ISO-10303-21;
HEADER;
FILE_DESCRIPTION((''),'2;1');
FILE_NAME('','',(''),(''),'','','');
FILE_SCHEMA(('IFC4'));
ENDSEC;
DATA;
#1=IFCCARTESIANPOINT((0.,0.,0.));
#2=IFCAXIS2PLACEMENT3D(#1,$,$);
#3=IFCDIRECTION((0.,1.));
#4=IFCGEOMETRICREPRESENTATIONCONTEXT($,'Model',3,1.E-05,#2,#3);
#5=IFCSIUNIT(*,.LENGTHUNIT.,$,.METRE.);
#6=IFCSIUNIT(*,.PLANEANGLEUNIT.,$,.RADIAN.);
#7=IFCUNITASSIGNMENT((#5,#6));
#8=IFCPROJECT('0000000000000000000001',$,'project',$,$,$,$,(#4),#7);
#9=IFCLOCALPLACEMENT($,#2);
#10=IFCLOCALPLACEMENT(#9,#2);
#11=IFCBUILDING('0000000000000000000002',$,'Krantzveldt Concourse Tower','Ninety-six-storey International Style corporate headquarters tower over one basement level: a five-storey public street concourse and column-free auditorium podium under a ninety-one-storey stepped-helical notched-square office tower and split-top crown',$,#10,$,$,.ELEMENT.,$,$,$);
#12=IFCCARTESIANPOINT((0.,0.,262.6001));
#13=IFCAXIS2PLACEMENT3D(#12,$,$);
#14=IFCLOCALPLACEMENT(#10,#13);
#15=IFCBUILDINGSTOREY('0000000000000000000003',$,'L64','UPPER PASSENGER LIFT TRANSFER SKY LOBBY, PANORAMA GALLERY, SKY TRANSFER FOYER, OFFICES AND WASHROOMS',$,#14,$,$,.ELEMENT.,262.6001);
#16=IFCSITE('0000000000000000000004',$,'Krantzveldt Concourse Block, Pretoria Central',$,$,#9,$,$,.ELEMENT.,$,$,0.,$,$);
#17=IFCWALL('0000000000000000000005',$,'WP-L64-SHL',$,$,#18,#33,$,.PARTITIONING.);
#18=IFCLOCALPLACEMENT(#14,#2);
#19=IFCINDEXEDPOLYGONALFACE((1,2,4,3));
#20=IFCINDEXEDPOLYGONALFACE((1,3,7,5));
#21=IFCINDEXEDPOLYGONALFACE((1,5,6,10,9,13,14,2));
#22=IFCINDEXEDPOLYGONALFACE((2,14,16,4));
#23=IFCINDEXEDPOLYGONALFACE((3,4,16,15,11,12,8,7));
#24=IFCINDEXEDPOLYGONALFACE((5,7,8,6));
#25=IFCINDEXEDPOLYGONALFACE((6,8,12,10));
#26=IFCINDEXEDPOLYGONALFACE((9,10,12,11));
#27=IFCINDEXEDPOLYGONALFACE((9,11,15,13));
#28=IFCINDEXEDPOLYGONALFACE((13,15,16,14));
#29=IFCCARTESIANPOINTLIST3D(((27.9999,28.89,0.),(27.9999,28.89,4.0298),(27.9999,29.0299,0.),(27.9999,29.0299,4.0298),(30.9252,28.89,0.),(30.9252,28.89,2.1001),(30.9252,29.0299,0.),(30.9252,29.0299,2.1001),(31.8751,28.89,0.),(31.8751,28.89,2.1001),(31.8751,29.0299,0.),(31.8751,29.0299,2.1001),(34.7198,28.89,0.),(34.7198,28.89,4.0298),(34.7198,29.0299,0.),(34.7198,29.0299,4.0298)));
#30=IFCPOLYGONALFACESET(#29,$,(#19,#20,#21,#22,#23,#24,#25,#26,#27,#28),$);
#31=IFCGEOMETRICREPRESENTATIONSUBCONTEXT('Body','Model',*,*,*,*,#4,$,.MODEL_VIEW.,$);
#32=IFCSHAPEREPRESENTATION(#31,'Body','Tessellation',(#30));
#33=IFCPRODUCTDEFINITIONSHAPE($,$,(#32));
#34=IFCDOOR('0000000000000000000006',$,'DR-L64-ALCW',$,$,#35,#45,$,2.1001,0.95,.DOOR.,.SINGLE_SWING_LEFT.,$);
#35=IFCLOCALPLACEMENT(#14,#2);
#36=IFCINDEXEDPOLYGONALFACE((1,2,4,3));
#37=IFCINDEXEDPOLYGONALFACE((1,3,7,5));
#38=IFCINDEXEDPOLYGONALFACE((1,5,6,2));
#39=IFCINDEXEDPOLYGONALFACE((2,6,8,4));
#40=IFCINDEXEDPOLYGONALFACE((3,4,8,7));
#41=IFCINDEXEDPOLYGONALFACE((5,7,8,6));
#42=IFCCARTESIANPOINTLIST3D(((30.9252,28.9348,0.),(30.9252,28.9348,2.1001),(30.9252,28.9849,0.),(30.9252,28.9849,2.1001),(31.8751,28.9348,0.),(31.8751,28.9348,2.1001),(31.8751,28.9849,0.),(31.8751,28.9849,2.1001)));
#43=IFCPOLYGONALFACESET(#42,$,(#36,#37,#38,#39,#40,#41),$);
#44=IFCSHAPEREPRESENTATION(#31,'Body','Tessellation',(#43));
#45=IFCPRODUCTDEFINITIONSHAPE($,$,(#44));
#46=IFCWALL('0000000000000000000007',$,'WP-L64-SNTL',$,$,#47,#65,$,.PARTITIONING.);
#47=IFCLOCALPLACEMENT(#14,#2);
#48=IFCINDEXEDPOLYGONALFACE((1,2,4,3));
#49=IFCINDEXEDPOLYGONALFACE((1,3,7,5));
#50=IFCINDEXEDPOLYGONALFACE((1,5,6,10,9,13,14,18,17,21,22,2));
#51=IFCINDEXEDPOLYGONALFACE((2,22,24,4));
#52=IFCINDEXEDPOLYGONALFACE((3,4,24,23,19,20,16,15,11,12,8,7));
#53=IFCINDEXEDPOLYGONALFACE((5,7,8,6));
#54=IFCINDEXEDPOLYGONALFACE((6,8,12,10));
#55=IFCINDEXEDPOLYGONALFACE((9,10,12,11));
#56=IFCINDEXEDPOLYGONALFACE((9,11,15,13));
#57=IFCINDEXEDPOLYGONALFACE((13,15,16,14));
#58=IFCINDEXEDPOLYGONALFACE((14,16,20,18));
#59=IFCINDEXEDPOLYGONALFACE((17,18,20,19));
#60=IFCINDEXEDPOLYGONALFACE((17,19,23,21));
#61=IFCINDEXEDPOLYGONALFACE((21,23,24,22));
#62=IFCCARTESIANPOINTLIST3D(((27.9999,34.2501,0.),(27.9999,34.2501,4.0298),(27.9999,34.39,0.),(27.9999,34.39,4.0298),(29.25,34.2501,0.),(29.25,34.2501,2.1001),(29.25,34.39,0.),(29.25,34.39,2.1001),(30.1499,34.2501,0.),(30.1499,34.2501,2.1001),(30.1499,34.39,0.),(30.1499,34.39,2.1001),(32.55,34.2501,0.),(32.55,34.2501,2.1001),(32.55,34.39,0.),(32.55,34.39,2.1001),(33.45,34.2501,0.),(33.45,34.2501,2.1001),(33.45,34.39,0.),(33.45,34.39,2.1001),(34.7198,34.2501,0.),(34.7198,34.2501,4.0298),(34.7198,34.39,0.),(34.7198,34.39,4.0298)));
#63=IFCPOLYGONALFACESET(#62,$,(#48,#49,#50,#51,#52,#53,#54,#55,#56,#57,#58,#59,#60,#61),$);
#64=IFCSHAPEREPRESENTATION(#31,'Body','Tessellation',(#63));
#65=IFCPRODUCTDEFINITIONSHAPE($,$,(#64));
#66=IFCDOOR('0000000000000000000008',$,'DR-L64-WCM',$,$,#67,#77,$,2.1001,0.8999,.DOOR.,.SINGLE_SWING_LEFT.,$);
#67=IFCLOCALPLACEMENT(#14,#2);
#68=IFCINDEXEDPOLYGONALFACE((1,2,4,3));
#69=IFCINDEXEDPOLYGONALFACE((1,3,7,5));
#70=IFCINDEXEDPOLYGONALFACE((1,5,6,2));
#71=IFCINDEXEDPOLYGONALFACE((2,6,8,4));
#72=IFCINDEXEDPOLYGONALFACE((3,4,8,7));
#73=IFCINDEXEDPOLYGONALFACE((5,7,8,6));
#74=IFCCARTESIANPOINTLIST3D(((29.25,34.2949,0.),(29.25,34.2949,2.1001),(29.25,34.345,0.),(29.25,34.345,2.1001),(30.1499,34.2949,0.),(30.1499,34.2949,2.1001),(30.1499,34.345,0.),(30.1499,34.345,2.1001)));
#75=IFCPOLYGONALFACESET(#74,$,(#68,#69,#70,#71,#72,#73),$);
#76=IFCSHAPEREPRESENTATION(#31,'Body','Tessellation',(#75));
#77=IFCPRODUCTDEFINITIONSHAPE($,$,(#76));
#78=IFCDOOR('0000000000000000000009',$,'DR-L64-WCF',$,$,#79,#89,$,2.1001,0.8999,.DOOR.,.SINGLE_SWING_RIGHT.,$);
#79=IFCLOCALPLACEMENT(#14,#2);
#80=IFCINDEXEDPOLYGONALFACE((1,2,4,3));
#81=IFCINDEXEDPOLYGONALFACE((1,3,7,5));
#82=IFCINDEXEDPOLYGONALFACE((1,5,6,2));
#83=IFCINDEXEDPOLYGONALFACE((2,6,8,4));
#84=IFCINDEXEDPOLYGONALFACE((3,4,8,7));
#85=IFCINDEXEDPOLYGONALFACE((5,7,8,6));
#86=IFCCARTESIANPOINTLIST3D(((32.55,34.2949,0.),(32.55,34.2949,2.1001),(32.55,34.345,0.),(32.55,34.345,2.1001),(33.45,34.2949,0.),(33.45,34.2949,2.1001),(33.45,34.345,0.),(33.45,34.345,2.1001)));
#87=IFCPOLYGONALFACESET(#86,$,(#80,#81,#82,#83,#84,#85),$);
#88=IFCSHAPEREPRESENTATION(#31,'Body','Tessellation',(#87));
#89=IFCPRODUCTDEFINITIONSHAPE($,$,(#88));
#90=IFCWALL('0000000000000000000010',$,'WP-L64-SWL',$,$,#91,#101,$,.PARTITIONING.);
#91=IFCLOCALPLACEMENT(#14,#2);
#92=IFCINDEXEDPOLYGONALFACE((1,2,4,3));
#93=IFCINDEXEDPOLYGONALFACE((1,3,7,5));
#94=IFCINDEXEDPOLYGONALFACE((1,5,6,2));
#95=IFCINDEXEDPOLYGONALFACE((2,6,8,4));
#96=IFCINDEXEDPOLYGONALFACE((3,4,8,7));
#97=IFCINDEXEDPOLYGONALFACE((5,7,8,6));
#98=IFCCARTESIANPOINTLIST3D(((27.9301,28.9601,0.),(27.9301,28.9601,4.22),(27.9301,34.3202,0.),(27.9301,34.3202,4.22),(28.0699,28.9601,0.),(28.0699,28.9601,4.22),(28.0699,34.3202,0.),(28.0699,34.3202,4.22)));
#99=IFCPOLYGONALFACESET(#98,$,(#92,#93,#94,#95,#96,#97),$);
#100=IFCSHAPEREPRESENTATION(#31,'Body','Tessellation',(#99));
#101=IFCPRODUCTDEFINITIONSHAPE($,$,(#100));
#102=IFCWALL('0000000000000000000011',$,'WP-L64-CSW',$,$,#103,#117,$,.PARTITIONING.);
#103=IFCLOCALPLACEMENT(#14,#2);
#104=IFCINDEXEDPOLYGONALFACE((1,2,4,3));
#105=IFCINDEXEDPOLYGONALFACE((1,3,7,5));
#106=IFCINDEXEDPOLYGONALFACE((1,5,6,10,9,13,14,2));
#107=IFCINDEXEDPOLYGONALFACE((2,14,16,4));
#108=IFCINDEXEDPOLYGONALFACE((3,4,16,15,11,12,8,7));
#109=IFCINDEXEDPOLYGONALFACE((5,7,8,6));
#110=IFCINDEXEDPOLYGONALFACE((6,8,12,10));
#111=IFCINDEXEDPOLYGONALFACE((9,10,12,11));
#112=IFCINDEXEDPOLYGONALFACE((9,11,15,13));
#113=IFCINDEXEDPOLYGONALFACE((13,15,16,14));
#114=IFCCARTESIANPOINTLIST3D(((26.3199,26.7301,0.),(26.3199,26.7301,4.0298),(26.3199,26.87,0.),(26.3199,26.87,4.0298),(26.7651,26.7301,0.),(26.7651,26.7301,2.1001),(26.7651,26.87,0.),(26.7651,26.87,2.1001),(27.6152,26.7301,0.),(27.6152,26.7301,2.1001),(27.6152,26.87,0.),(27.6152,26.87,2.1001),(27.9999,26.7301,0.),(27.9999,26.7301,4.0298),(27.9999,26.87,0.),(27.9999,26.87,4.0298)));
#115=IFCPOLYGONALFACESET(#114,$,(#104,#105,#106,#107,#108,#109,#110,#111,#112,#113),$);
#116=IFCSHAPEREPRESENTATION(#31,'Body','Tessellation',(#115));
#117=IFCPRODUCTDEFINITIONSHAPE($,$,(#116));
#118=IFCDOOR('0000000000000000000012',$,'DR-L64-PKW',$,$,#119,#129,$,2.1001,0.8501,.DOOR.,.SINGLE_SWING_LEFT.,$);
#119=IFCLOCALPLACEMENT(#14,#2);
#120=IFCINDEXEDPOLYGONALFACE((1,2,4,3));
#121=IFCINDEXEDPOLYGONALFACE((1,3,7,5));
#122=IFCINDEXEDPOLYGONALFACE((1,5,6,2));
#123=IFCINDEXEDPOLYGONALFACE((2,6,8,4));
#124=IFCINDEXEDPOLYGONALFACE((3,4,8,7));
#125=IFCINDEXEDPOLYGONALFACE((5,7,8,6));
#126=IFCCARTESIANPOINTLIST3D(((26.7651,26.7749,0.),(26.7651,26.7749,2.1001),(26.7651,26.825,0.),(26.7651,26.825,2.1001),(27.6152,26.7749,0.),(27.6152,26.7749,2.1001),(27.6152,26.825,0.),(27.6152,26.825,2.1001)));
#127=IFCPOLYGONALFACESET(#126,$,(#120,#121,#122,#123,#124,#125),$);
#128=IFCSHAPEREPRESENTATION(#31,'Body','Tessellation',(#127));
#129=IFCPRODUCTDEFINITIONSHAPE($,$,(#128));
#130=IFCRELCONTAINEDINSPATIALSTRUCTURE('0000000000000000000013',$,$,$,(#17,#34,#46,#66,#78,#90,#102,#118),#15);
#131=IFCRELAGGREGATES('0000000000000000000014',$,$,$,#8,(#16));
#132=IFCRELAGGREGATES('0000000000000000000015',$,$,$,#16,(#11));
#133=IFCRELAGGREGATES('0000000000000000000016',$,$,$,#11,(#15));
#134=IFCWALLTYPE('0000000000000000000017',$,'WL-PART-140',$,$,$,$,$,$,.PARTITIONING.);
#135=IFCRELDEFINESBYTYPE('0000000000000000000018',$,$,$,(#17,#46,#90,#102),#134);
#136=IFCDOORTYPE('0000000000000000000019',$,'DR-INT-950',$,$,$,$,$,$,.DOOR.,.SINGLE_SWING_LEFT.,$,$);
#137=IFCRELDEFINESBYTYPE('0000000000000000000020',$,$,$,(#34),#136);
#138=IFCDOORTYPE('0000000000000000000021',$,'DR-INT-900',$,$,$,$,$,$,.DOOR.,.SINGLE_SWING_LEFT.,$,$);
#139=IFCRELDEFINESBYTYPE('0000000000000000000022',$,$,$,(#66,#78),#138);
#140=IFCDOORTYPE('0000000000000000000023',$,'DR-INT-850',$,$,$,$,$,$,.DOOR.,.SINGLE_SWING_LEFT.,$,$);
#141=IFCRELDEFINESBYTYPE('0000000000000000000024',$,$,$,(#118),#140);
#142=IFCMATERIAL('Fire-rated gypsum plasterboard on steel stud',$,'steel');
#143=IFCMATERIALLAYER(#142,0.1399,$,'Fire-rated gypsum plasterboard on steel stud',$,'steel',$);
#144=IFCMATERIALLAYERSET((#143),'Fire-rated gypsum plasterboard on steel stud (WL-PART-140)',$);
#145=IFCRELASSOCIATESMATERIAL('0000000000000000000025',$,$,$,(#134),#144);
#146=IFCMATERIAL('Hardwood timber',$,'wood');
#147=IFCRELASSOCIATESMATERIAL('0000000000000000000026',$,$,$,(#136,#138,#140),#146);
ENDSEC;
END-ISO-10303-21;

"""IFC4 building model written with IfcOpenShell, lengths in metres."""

from ifc_helpers import new_model, si_unit, direction, frame, frame_2d, origin, place, context, subcontext, project, spatial, rectangle, extrude, material, layer, layer_set, type_object, element, fill, save


model = new_model("IFC4")

# Units and contexts
model_context = context("Model", 3, precision=1e-05, world=origin(), true_north=direction((0.0, 1.0)))
body_context = subcontext(model_context, "Body", "Model", "MODEL_VIEW")
ifc_project = project(units=[si_unit("LENGTHUNIT", "METRE"), si_unit("PLANEANGLEUNIT", "RADIAN")], contexts=[model_context])

# Site, building, storey
site_placement = place(None, origin())
site = spatial("IfcSite", under=ifc_project, at=site_placement, Name="Krantzveldt Concourse Block, Pretoria Central", CompositionType="ELEMENT", RefElevation=0.0)
building_placement = place(site_placement, origin())
building = spatial("IfcBuilding", under=site, at=building_placement, Name="Krantzveldt Concourse Tower", Description="Ninety-six-storey International Style corporate headquarters tower over one basement level: a five-storey public street concourse and column-free auditorium podium under a ninety-one-storey stepped-helical notched-square office tower and split-top crown", CompositionType="ELEMENT")
storey_placement = place(building_placement, frame((0.0, 0.0, 262.6001)))
storey = spatial("IfcBuildingStorey", under=building, at=storey_placement, Name="L64", Description="UPPER PASSENGER LIFT TRANSFER SKY LOBBY, PANORAMA GALLERY, SKY TRANSFER FOYER, OFFICES AND WASHROOMS", CompositionType="ELEMENT", Elevation=262.6001)

# Shared definitions
ifc_material_1 = material(Name="Fire-rated gypsum plasterboard on steel stud", Category="steel")

# Wall, opening, door
ifc_layer_1 = layer(ifc_material_1, 0.1399, Name="Fire-rated gypsum plasterboard on steel stud", Category="steel")
ifc_layer_set_1 = layer_set([ifc_layer_1], Name="Fire-rated gypsum plasterboard on steel stud (WL-PART-140)")
wall_type_1 = type_object("IfcWallType", Name="WL-PART-140", PredefinedType="PARTITIONING", material=ifc_layer_set_1)
wall_1_placement = place(storey_placement, frame((28.0, 28.96, 0.0), z_axis=(0.0, 0.0, 1.0), x_axis=(1.0, 0.0, 0.0)))
wall_1 = element("IfcWall", 1, at=wall_1_placement, inside=storey, type_object=wall_type_1, Name="WP-L64-SHL", PredefinedType="PARTITIONING", context=body_context, shape_type="SweptSolid", body=[
    extrude(rectangle(XDim=6.72, YDim=0.1399, at=frame_2d((3.3599, 0.0))), origin(), (0.0, 0.0, 1.0), 4.0298),
])
opening_1_placement = place(wall_1_placement, frame((2.925, 0.0, 0.0)))
opening_1 = element("IfcOpeningElement", 2, at=opening_1_placement, cuts=wall_1, PredefinedType="OPENING", context=body_context, shape_type="SweptSolid", body=[
    extrude(rectangle(XDim=0.95, YDim=2.1001, at=frame_2d((0.4751, 1.05))), frame((0.0, 0.0801, 0.0), z_axis=(0.0, -1.0, 0.0), x_axis=(1.0, 0.0, 0.0)), (0.0, 0.0, 1.0), 0.1599),
])
ifc_material_2 = material(Name="Hardwood timber", Category="wood")
door_type_1 = type_object("IfcDoorType", Name="DR-INT-950", OperationType="SINGLE_SWING_LEFT", PredefinedType="DOOR", material=ifc_material_2)
door_1_placement = place(opening_1_placement, origin())
door_1 = element("IfcDoor", 3, at=door_1_placement, inside=storey, type_object=door_type_1, Name="DR-L64-ALCW", OperationType="SINGLE_SWING_LEFT", OverallHeight=2.1001, OverallWidth=0.95, PredefinedType="DOOR", context=body_context, shape_type="SweptSolid", body=[
    extrude(rectangle(XDim=0.95, YDim=2.1001, at=frame_2d((0.4751, 1.05))), frame((0.0, 0.0249, 0.0), z_axis=(0.0, -1.0, 0.0), x_axis=(1.0, 0.0, 0.0)), (0.0, 0.0, 1.0), 0.05),
])
fill(opening_1, door_1)

# Wall, openings, doors
wall_2_placement = place(storey_placement, frame((28.0, 34.3201, 0.0), z_axis=(0.0, 0.0, 1.0), x_axis=(1.0, 0.0, 0.0)))
wall_2 = element("IfcWall", 4, at=wall_2_placement, inside=storey, type_object=wall_type_1, Name="WP-L64-SNTL", PredefinedType="PARTITIONING", context=body_context, shape_type="SweptSolid", body=[
    extrude(rectangle(XDim=6.72, YDim=0.1399, at=frame_2d((3.3599, 0.0))), origin(), (0.0, 0.0, 1.0), 4.0298),
])
opening_2_placement = place(wall_2_placement, frame((1.25, 0.0, 0.0)))
opening_2 = element("IfcOpeningElement", 5, at=opening_2_placement, cuts=wall_2, PredefinedType="OPENING", context=body_context, shape_type="SweptSolid", body=[
    extrude(rectangle(XDim=0.8999, YDim=2.1001, at=frame_2d((0.45, 1.05))), frame((0.0, 0.0801, 0.0), z_axis=(0.0, -1.0, 0.0), x_axis=(1.0, 0.0, 0.0)), (0.0, 0.0, 1.0), 0.1599),
])
opening_3_placement = place(wall_2_placement, frame((4.55, 0.0, 0.0)))
opening_3 = element("IfcOpeningElement", 6, at=opening_3_placement, cuts=wall_2, PredefinedType="OPENING", context=body_context, shape_type="SweptSolid", body=[
    extrude(rectangle(XDim=0.8999, YDim=2.1001, at=frame_2d((0.45, 1.05))), frame((0.0, 0.0801, 0.0), z_axis=(0.0, -1.0, 0.0), x_axis=(1.0, 0.0, 0.0)), (0.0, 0.0, 1.0), 0.1599),
])
door_type_2 = type_object("IfcDoorType", Name="DR-INT-900", OperationType="SINGLE_SWING_LEFT", PredefinedType="DOOR", material=ifc_material_2)
door_2_placement = place(opening_2_placement, origin())
door_2 = element("IfcDoor", 7, at=door_2_placement, inside=storey, type_object=door_type_2, Name="DR-L64-WCM", OperationType="SINGLE_SWING_LEFT", OverallHeight=2.1001, OverallWidth=0.8999, PredefinedType="DOOR", context=body_context, shape_type="SweptSolid", body=[
    extrude(rectangle(XDim=0.8999, YDim=2.1001, at=frame_2d((0.45, 1.05))), frame((0.0, 0.0249, 0.0), z_axis=(0.0, -1.0, 0.0), x_axis=(1.0, 0.0, 0.0)), (0.0, 0.0, 1.0), 0.05),
])
fill(opening_2, door_2)
door_3_placement = place(opening_3_placement, origin())
door_3 = element("IfcDoor", 8, at=door_3_placement, inside=storey, type_object=door_type_2, Name="DR-L64-WCF", OperationType="SINGLE_SWING_RIGHT", OverallHeight=2.1001, OverallWidth=0.8999, PredefinedType="DOOR", context=body_context, shape_type="SweptSolid", body=[
    extrude(rectangle(XDim=0.8999, YDim=2.1001, at=frame_2d((0.45, 1.05))), frame((0.0, 0.0249, 0.0), z_axis=(0.0, -1.0, 0.0), x_axis=(1.0, 0.0, 0.0)), (0.0, 0.0, 1.0), 0.05),
])
fill(opening_3, door_3)

# Wall
wall_3_placement = place(storey_placement, frame((28.0, 28.96, 0.0), z_axis=(0.0, 0.0, 1.0), x_axis=(0.0, 1.0, 0.0)))
element("IfcWall", 9, at=wall_3_placement, inside=storey, type_object=wall_type_1, Name="WP-L64-SWL", PredefinedType="PARTITIONING", context=body_context, shape_type="SweptSolid", body=[
    extrude(rectangle(XDim=5.3601, YDim=0.1399, at=frame_2d((2.6802, 0.0))), origin(), (0.0, 0.0, 1.0), 4.22),
])

# Wall, opening, door
wall_4_placement = place(storey_placement, frame((26.3201, 26.8, 0.0), z_axis=(0.0, 0.0, 1.0), x_axis=(1.0, 0.0, 0.0)))
wall_4 = element("IfcWall", 10, at=wall_4_placement, inside=storey, type_object=wall_type_1, Name="WP-L64-CSW", PredefinedType="PARTITIONING", context=body_context, shape_type="SweptSolid", body=[
    extrude(rectangle(XDim=1.6799, YDim=0.1399, at=frame_2d((0.8398, 0.0))), origin(), (0.0, 0.0, 1.0), 4.0298),
])
opening_4_placement = place(wall_4_placement, frame((0.4451, 0.0, 0.0)))
opening_4 = element("IfcOpeningElement", 11, at=opening_4_placement, cuts=wall_4, PredefinedType="OPENING", context=body_context, shape_type="SweptSolid", body=[
    extrude(rectangle(XDim=0.8501, YDim=2.1001, at=frame_2d((0.425, 1.05))), frame((0.0, 0.0801, 0.0), z_axis=(0.0, -1.0, 0.0), x_axis=(1.0, 0.0, 0.0)), (0.0, 0.0, 1.0), 0.1599),
])
door_type_3 = type_object("IfcDoorType", Name="DR-INT-850", OperationType="SINGLE_SWING_LEFT", PredefinedType="DOOR", material=ifc_material_2)
door_4_placement = place(opening_4_placement, origin())
door_4 = element("IfcDoor", 12, at=door_4_placement, inside=storey, type_object=door_type_3, Name="DR-L64-PKW", OperationType="SINGLE_SWING_LEFT", OverallHeight=2.1001, OverallWidth=0.8501, PredefinedType="DOOR", context=body_context, shape_type="SweptSolid", body=[
    extrude(rectangle(XDim=0.8501, YDim=2.1001, at=frame_2d((0.425, 1.05))), frame((0.0, 0.0249, 0.0), z_axis=(0.0, -1.0, 0.0), x_axis=(1.0, 0.0, 0.0)), (0.0, 0.0, 1.0), 0.05),
])
fill(opening_4, door_4)

save(model, "model.ifc")
